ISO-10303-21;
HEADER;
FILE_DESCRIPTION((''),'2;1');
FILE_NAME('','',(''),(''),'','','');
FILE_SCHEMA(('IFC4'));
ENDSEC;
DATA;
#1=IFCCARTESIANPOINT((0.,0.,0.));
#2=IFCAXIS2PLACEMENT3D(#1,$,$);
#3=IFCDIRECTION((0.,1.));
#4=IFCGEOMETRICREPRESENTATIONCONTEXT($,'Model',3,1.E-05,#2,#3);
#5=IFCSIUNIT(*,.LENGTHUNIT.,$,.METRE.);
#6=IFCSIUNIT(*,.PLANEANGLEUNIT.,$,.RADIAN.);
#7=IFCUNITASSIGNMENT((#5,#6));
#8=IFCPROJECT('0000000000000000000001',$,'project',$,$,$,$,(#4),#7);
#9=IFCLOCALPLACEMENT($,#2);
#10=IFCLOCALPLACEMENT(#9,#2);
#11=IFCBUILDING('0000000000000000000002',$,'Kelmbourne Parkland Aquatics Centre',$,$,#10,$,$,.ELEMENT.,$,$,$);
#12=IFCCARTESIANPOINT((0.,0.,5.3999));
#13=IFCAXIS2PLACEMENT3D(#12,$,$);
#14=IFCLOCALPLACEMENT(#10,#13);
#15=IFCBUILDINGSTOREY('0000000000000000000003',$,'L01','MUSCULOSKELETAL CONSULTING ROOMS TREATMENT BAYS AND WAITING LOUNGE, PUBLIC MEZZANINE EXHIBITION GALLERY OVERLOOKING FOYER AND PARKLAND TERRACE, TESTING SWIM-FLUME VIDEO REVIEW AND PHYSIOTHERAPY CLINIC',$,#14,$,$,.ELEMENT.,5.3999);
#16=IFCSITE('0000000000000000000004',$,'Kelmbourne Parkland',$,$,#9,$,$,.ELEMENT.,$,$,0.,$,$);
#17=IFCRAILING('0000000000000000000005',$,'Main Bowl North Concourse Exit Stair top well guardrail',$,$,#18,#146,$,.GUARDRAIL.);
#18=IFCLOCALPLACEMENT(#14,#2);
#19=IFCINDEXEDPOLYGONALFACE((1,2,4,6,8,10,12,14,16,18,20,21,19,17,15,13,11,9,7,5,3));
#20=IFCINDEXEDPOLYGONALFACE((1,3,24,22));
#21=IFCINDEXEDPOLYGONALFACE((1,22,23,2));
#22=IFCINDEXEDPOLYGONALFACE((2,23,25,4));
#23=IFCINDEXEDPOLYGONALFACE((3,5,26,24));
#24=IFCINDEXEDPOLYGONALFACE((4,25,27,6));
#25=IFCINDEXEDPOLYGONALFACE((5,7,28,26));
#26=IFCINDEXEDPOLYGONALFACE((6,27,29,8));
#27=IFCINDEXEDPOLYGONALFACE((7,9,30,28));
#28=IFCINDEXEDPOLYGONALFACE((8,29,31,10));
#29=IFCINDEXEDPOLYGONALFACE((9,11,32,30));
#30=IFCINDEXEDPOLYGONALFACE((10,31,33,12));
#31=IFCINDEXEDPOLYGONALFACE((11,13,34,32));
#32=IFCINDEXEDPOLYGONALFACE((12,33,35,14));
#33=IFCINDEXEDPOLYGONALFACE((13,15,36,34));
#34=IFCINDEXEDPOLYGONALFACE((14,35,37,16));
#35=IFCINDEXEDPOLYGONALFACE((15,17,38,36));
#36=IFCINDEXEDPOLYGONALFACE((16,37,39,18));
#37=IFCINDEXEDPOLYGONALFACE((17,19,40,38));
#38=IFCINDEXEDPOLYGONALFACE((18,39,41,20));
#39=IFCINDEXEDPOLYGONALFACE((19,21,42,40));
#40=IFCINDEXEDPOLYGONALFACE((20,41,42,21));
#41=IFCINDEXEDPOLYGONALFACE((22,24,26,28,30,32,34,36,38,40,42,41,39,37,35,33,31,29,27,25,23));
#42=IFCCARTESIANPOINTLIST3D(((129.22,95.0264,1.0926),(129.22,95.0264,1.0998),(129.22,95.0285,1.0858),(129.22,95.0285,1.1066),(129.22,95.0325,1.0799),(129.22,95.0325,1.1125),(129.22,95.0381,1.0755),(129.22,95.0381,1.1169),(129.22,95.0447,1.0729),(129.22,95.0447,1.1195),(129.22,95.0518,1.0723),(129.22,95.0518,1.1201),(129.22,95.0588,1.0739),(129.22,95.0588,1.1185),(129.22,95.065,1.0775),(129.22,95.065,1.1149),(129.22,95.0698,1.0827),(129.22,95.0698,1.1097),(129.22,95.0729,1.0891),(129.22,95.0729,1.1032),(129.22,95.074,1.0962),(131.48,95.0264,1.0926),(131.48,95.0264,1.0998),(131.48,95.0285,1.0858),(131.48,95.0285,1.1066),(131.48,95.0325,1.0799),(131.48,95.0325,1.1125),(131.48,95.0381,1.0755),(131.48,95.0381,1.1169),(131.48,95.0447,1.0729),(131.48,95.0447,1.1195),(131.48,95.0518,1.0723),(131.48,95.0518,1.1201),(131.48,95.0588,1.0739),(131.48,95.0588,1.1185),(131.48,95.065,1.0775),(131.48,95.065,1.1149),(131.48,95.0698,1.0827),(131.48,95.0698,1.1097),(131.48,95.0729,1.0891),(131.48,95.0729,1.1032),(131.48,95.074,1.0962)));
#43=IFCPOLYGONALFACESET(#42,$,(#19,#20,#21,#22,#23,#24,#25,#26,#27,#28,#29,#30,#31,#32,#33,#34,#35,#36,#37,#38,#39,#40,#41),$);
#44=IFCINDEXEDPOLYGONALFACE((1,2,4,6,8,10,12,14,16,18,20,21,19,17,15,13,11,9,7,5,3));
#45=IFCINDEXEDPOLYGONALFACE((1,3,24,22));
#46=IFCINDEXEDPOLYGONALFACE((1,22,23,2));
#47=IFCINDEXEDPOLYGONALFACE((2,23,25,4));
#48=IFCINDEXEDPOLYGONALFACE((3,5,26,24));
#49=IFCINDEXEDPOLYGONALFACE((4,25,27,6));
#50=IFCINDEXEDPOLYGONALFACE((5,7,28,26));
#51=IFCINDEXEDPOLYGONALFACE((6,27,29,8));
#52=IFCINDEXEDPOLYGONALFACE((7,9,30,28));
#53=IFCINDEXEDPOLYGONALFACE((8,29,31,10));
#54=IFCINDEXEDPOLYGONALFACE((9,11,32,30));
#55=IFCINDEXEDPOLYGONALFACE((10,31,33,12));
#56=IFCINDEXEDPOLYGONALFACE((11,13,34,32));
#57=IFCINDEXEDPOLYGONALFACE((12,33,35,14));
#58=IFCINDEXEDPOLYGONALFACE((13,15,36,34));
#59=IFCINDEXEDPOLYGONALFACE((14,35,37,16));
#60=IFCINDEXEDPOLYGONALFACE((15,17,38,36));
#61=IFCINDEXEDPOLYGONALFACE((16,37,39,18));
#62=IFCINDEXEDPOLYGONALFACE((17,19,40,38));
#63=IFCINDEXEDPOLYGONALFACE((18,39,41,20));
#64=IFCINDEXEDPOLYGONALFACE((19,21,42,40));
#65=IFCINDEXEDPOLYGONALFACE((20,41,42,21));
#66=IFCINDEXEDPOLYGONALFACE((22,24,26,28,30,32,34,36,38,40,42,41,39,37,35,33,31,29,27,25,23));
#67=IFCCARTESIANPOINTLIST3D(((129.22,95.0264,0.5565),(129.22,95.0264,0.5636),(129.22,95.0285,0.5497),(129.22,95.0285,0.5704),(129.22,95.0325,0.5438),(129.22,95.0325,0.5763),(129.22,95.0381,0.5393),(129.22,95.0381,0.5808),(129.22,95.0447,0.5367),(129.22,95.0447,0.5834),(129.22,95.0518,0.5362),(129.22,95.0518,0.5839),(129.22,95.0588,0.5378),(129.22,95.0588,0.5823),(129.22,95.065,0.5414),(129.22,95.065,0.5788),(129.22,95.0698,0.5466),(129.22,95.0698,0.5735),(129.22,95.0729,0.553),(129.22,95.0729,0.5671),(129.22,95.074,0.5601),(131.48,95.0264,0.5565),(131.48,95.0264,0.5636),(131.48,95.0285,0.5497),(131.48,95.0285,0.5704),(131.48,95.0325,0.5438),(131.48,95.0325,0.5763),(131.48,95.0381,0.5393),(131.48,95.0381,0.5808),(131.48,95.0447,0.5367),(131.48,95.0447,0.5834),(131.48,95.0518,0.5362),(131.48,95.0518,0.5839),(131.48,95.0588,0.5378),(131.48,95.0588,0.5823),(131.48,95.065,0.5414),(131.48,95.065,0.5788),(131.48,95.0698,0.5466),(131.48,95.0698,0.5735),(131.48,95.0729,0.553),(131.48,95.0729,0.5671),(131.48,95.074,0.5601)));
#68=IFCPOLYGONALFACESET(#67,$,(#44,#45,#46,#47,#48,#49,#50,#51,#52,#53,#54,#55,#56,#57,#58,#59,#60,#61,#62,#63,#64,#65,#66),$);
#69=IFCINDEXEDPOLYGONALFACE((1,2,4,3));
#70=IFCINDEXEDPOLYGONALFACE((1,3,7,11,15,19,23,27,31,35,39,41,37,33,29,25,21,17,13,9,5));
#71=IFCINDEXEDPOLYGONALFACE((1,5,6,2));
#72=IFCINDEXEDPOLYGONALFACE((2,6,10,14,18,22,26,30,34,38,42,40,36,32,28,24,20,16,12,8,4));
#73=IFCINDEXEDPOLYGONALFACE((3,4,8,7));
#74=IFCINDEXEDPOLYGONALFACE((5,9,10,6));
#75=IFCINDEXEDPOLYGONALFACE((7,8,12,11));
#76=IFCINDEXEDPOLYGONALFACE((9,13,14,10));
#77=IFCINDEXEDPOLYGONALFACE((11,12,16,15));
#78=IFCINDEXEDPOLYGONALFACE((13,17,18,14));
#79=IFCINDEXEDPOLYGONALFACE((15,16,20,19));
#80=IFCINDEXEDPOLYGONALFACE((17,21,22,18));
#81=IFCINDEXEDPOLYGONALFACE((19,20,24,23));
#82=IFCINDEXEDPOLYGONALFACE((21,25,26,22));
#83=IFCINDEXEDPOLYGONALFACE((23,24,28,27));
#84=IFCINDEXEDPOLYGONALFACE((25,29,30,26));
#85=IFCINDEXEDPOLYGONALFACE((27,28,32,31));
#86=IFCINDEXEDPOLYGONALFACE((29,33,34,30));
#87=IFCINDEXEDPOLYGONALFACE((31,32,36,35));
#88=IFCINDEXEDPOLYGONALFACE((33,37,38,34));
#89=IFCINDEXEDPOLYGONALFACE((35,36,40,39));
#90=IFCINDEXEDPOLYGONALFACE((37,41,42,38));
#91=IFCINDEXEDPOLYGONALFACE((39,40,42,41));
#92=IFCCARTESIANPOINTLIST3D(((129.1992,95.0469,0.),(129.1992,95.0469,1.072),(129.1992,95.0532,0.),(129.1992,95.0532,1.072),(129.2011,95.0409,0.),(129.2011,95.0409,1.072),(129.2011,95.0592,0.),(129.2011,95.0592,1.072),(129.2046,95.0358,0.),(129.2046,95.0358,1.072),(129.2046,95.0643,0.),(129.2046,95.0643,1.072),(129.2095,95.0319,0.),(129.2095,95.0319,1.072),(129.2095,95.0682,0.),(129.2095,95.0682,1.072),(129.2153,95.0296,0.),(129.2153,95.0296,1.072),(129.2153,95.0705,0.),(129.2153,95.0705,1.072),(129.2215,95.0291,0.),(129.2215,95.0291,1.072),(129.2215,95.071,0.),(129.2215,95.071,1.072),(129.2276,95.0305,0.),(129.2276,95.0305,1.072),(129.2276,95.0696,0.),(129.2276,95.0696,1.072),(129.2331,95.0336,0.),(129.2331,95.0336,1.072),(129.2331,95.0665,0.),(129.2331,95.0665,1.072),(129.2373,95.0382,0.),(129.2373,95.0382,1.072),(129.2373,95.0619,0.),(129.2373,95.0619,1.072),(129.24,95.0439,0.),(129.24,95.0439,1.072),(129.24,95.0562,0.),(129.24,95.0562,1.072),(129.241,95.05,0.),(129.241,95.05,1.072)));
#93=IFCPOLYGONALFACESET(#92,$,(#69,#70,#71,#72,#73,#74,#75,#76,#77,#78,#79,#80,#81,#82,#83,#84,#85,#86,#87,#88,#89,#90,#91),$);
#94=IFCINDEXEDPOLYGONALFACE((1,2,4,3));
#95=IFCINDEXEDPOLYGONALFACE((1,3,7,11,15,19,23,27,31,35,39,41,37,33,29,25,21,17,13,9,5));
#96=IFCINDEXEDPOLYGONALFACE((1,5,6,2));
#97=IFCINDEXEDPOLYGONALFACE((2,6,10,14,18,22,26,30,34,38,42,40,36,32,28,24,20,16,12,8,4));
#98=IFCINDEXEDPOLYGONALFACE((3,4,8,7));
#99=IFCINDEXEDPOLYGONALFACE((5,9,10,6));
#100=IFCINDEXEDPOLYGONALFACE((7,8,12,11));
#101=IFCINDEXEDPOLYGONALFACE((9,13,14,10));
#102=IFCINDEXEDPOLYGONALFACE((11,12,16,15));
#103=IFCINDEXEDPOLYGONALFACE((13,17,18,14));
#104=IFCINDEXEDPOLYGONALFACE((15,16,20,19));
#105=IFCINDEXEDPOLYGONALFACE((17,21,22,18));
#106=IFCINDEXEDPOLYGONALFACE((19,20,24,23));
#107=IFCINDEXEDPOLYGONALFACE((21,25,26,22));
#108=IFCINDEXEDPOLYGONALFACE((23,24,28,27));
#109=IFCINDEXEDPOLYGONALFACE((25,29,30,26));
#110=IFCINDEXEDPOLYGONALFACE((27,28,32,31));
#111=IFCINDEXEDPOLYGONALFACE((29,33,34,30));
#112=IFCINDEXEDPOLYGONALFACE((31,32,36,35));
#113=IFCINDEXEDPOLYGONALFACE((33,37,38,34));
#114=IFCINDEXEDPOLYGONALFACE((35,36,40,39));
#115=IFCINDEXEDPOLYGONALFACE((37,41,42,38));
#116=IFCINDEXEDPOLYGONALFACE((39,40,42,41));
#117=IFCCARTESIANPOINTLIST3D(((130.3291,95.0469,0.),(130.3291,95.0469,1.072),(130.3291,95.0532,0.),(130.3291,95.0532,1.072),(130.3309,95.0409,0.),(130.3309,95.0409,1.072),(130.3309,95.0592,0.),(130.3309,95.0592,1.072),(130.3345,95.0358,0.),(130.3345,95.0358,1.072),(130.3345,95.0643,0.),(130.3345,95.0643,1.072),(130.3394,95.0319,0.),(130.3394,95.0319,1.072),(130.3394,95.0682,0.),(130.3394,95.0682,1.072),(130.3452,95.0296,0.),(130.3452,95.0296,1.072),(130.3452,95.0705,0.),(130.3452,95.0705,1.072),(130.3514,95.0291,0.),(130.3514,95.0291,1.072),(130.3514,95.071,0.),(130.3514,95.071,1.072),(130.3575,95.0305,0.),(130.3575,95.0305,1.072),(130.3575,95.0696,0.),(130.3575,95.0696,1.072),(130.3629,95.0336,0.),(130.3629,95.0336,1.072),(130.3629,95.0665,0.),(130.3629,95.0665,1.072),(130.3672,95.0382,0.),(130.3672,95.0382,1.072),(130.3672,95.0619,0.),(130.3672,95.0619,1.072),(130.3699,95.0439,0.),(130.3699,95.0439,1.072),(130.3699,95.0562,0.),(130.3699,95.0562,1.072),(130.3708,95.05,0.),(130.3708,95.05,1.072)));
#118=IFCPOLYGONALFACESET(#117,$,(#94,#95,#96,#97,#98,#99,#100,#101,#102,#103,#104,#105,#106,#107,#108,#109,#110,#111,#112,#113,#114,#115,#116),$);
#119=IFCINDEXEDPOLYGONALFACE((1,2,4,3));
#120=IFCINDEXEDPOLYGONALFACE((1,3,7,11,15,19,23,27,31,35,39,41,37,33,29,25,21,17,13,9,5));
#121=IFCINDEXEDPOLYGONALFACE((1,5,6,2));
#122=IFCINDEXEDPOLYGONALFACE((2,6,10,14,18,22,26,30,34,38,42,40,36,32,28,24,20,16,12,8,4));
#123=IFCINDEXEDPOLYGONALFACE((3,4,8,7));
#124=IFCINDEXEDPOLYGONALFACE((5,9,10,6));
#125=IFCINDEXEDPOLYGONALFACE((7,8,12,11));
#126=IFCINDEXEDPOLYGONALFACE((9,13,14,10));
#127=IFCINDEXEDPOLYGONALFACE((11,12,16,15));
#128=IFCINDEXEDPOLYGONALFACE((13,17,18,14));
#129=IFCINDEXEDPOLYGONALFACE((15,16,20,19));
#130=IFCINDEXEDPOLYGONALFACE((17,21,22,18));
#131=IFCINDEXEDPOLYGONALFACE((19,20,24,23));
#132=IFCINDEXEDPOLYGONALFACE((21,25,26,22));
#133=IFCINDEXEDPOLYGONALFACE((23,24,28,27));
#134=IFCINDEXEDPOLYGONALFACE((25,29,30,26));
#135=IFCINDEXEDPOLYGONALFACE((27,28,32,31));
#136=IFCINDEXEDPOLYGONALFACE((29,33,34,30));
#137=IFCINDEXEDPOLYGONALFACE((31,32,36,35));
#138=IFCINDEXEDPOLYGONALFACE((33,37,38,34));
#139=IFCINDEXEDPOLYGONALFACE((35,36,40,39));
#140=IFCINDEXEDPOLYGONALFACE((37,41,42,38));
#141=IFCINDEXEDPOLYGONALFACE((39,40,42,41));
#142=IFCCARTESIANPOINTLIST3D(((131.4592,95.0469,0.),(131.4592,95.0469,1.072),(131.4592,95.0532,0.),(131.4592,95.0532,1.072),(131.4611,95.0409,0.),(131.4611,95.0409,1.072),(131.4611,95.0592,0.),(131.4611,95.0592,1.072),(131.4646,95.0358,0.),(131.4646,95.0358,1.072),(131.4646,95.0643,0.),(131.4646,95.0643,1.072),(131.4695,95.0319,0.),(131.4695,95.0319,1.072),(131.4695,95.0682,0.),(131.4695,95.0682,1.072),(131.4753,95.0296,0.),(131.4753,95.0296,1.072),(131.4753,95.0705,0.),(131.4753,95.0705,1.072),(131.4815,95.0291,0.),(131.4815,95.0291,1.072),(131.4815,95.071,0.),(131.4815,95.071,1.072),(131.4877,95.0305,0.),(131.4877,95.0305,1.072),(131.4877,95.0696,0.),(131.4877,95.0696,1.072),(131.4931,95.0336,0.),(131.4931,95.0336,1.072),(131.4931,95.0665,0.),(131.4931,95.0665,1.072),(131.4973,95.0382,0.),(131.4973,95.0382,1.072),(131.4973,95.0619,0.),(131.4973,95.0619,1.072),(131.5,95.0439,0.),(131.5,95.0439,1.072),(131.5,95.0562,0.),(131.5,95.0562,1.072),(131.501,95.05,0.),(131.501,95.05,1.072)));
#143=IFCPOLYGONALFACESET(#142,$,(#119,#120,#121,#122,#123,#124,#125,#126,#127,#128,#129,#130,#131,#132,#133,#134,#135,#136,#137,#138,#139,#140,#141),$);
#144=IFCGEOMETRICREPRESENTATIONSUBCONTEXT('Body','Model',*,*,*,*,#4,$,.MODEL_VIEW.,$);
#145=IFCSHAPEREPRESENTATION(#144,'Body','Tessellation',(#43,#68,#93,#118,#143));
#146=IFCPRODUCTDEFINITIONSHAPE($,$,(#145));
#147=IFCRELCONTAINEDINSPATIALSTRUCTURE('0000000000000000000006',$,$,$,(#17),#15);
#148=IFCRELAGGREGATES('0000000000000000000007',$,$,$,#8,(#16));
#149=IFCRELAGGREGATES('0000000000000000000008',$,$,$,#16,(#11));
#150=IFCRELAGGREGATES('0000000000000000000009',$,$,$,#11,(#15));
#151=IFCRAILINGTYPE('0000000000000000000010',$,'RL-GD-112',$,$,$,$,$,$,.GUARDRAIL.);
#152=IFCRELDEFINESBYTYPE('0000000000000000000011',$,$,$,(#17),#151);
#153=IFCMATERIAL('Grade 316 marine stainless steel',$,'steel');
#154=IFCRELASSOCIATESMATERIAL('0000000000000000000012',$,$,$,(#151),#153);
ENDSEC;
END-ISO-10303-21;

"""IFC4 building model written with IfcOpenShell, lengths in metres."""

from ifc_helpers import new_model, si_unit, direction, frame, origin, origin_2d, place, context, subcontext, project, spatial, circle, extrude, material, type_object, element, save


model = new_model("IFC4")

# Units and contexts
model_context = context("Model", 3, precision=1e-05, world=origin(), true_north=direction((0.0, 1.0)))
body_context = subcontext(model_context, "Body", "Model", "MODEL_VIEW")
ifc_project = project(units=[si_unit("LENGTHUNIT", "METRE"), si_unit("PLANEANGLEUNIT", "RADIAN")], contexts=[model_context])

# Site, building, storey
site_placement = place(None, origin())
site = spatial("IfcSite", under=ifc_project, at=site_placement, Name="Kelmbourne Parkland", CompositionType="ELEMENT", RefElevation=0.0)
building_placement = place(site_placement, origin())
building = spatial("IfcBuilding", under=site, at=building_placement, Name="Kelmbourne Parkland Aquatics Centre", CompositionType="ELEMENT")
storey_placement = place(building_placement, frame((0.0, 0.0, 5.3999)))
storey = spatial("IfcBuildingStorey", under=building, at=storey_placement, Name="L01", Description="MUSCULOSKELETAL CONSULTING ROOMS TREATMENT BAYS AND WAITING LOUNGE, PUBLIC MEZZANINE EXHIBITION GALLERY OVERLOOKING FOYER AND PARKLAND TERRACE, TESTING SWIM-FLUME VIDEO REVIEW AND PHYSIOTHERAPY CLINIC", CompositionType="ELEMENT", Elevation=5.3999)

# Railing
ifc_material_1 = material(Name="Grade 316 marine stainless steel", Category="steel")
railing_type_1 = type_object("IfcRailingType", Name="RL-GD-112", PredefinedType="GUARDRAIL", material=ifc_material_1)
railing_1_placement = place(storey_placement, frame((129.22, 95.05, 0.0)))
element("IfcRailing", 1, at=railing_1_placement, inside=storey, type_object=railing_type_1, Name="Main Bowl North Concourse Exit Stair top well guardrail", PredefinedType="GUARDRAIL", context=body_context, shape_type="SweptSolid", body=[
    extrude(circle(Radius=0.0239, at=origin_2d()), frame((0.0, 0.0, 1.0962), z_axis=(1.0, 0.0, 0.0), x_axis=(0.0, 1.0, 0.0)), (0.0, 0.0, 1.0), 2.26),
    extrude(circle(Radius=0.0239, at=origin_2d()), frame((0.0, 0.0, 0.5601), z_axis=(1.0, 0.0, 0.0), x_axis=(0.0, 1.0, 0.0)), (0.0, 0.0, 1.0), 2.26),
    extrude(circle(Radius=0.021, at=origin_2d()), origin(), (0.0, 0.0, 1.0), 1.072),
    extrude(circle(Radius=0.021, at=origin_2d()), frame((1.1299, 0.0, 0.0)), (0.0, 0.0, 1.0), 1.072),
    extrude(circle(Radius=0.021, at=origin_2d()), frame((2.26, 0.0, 0.0)), (0.0, 0.0, 1.0), 1.072),
])

save(model, "model.ifc")
